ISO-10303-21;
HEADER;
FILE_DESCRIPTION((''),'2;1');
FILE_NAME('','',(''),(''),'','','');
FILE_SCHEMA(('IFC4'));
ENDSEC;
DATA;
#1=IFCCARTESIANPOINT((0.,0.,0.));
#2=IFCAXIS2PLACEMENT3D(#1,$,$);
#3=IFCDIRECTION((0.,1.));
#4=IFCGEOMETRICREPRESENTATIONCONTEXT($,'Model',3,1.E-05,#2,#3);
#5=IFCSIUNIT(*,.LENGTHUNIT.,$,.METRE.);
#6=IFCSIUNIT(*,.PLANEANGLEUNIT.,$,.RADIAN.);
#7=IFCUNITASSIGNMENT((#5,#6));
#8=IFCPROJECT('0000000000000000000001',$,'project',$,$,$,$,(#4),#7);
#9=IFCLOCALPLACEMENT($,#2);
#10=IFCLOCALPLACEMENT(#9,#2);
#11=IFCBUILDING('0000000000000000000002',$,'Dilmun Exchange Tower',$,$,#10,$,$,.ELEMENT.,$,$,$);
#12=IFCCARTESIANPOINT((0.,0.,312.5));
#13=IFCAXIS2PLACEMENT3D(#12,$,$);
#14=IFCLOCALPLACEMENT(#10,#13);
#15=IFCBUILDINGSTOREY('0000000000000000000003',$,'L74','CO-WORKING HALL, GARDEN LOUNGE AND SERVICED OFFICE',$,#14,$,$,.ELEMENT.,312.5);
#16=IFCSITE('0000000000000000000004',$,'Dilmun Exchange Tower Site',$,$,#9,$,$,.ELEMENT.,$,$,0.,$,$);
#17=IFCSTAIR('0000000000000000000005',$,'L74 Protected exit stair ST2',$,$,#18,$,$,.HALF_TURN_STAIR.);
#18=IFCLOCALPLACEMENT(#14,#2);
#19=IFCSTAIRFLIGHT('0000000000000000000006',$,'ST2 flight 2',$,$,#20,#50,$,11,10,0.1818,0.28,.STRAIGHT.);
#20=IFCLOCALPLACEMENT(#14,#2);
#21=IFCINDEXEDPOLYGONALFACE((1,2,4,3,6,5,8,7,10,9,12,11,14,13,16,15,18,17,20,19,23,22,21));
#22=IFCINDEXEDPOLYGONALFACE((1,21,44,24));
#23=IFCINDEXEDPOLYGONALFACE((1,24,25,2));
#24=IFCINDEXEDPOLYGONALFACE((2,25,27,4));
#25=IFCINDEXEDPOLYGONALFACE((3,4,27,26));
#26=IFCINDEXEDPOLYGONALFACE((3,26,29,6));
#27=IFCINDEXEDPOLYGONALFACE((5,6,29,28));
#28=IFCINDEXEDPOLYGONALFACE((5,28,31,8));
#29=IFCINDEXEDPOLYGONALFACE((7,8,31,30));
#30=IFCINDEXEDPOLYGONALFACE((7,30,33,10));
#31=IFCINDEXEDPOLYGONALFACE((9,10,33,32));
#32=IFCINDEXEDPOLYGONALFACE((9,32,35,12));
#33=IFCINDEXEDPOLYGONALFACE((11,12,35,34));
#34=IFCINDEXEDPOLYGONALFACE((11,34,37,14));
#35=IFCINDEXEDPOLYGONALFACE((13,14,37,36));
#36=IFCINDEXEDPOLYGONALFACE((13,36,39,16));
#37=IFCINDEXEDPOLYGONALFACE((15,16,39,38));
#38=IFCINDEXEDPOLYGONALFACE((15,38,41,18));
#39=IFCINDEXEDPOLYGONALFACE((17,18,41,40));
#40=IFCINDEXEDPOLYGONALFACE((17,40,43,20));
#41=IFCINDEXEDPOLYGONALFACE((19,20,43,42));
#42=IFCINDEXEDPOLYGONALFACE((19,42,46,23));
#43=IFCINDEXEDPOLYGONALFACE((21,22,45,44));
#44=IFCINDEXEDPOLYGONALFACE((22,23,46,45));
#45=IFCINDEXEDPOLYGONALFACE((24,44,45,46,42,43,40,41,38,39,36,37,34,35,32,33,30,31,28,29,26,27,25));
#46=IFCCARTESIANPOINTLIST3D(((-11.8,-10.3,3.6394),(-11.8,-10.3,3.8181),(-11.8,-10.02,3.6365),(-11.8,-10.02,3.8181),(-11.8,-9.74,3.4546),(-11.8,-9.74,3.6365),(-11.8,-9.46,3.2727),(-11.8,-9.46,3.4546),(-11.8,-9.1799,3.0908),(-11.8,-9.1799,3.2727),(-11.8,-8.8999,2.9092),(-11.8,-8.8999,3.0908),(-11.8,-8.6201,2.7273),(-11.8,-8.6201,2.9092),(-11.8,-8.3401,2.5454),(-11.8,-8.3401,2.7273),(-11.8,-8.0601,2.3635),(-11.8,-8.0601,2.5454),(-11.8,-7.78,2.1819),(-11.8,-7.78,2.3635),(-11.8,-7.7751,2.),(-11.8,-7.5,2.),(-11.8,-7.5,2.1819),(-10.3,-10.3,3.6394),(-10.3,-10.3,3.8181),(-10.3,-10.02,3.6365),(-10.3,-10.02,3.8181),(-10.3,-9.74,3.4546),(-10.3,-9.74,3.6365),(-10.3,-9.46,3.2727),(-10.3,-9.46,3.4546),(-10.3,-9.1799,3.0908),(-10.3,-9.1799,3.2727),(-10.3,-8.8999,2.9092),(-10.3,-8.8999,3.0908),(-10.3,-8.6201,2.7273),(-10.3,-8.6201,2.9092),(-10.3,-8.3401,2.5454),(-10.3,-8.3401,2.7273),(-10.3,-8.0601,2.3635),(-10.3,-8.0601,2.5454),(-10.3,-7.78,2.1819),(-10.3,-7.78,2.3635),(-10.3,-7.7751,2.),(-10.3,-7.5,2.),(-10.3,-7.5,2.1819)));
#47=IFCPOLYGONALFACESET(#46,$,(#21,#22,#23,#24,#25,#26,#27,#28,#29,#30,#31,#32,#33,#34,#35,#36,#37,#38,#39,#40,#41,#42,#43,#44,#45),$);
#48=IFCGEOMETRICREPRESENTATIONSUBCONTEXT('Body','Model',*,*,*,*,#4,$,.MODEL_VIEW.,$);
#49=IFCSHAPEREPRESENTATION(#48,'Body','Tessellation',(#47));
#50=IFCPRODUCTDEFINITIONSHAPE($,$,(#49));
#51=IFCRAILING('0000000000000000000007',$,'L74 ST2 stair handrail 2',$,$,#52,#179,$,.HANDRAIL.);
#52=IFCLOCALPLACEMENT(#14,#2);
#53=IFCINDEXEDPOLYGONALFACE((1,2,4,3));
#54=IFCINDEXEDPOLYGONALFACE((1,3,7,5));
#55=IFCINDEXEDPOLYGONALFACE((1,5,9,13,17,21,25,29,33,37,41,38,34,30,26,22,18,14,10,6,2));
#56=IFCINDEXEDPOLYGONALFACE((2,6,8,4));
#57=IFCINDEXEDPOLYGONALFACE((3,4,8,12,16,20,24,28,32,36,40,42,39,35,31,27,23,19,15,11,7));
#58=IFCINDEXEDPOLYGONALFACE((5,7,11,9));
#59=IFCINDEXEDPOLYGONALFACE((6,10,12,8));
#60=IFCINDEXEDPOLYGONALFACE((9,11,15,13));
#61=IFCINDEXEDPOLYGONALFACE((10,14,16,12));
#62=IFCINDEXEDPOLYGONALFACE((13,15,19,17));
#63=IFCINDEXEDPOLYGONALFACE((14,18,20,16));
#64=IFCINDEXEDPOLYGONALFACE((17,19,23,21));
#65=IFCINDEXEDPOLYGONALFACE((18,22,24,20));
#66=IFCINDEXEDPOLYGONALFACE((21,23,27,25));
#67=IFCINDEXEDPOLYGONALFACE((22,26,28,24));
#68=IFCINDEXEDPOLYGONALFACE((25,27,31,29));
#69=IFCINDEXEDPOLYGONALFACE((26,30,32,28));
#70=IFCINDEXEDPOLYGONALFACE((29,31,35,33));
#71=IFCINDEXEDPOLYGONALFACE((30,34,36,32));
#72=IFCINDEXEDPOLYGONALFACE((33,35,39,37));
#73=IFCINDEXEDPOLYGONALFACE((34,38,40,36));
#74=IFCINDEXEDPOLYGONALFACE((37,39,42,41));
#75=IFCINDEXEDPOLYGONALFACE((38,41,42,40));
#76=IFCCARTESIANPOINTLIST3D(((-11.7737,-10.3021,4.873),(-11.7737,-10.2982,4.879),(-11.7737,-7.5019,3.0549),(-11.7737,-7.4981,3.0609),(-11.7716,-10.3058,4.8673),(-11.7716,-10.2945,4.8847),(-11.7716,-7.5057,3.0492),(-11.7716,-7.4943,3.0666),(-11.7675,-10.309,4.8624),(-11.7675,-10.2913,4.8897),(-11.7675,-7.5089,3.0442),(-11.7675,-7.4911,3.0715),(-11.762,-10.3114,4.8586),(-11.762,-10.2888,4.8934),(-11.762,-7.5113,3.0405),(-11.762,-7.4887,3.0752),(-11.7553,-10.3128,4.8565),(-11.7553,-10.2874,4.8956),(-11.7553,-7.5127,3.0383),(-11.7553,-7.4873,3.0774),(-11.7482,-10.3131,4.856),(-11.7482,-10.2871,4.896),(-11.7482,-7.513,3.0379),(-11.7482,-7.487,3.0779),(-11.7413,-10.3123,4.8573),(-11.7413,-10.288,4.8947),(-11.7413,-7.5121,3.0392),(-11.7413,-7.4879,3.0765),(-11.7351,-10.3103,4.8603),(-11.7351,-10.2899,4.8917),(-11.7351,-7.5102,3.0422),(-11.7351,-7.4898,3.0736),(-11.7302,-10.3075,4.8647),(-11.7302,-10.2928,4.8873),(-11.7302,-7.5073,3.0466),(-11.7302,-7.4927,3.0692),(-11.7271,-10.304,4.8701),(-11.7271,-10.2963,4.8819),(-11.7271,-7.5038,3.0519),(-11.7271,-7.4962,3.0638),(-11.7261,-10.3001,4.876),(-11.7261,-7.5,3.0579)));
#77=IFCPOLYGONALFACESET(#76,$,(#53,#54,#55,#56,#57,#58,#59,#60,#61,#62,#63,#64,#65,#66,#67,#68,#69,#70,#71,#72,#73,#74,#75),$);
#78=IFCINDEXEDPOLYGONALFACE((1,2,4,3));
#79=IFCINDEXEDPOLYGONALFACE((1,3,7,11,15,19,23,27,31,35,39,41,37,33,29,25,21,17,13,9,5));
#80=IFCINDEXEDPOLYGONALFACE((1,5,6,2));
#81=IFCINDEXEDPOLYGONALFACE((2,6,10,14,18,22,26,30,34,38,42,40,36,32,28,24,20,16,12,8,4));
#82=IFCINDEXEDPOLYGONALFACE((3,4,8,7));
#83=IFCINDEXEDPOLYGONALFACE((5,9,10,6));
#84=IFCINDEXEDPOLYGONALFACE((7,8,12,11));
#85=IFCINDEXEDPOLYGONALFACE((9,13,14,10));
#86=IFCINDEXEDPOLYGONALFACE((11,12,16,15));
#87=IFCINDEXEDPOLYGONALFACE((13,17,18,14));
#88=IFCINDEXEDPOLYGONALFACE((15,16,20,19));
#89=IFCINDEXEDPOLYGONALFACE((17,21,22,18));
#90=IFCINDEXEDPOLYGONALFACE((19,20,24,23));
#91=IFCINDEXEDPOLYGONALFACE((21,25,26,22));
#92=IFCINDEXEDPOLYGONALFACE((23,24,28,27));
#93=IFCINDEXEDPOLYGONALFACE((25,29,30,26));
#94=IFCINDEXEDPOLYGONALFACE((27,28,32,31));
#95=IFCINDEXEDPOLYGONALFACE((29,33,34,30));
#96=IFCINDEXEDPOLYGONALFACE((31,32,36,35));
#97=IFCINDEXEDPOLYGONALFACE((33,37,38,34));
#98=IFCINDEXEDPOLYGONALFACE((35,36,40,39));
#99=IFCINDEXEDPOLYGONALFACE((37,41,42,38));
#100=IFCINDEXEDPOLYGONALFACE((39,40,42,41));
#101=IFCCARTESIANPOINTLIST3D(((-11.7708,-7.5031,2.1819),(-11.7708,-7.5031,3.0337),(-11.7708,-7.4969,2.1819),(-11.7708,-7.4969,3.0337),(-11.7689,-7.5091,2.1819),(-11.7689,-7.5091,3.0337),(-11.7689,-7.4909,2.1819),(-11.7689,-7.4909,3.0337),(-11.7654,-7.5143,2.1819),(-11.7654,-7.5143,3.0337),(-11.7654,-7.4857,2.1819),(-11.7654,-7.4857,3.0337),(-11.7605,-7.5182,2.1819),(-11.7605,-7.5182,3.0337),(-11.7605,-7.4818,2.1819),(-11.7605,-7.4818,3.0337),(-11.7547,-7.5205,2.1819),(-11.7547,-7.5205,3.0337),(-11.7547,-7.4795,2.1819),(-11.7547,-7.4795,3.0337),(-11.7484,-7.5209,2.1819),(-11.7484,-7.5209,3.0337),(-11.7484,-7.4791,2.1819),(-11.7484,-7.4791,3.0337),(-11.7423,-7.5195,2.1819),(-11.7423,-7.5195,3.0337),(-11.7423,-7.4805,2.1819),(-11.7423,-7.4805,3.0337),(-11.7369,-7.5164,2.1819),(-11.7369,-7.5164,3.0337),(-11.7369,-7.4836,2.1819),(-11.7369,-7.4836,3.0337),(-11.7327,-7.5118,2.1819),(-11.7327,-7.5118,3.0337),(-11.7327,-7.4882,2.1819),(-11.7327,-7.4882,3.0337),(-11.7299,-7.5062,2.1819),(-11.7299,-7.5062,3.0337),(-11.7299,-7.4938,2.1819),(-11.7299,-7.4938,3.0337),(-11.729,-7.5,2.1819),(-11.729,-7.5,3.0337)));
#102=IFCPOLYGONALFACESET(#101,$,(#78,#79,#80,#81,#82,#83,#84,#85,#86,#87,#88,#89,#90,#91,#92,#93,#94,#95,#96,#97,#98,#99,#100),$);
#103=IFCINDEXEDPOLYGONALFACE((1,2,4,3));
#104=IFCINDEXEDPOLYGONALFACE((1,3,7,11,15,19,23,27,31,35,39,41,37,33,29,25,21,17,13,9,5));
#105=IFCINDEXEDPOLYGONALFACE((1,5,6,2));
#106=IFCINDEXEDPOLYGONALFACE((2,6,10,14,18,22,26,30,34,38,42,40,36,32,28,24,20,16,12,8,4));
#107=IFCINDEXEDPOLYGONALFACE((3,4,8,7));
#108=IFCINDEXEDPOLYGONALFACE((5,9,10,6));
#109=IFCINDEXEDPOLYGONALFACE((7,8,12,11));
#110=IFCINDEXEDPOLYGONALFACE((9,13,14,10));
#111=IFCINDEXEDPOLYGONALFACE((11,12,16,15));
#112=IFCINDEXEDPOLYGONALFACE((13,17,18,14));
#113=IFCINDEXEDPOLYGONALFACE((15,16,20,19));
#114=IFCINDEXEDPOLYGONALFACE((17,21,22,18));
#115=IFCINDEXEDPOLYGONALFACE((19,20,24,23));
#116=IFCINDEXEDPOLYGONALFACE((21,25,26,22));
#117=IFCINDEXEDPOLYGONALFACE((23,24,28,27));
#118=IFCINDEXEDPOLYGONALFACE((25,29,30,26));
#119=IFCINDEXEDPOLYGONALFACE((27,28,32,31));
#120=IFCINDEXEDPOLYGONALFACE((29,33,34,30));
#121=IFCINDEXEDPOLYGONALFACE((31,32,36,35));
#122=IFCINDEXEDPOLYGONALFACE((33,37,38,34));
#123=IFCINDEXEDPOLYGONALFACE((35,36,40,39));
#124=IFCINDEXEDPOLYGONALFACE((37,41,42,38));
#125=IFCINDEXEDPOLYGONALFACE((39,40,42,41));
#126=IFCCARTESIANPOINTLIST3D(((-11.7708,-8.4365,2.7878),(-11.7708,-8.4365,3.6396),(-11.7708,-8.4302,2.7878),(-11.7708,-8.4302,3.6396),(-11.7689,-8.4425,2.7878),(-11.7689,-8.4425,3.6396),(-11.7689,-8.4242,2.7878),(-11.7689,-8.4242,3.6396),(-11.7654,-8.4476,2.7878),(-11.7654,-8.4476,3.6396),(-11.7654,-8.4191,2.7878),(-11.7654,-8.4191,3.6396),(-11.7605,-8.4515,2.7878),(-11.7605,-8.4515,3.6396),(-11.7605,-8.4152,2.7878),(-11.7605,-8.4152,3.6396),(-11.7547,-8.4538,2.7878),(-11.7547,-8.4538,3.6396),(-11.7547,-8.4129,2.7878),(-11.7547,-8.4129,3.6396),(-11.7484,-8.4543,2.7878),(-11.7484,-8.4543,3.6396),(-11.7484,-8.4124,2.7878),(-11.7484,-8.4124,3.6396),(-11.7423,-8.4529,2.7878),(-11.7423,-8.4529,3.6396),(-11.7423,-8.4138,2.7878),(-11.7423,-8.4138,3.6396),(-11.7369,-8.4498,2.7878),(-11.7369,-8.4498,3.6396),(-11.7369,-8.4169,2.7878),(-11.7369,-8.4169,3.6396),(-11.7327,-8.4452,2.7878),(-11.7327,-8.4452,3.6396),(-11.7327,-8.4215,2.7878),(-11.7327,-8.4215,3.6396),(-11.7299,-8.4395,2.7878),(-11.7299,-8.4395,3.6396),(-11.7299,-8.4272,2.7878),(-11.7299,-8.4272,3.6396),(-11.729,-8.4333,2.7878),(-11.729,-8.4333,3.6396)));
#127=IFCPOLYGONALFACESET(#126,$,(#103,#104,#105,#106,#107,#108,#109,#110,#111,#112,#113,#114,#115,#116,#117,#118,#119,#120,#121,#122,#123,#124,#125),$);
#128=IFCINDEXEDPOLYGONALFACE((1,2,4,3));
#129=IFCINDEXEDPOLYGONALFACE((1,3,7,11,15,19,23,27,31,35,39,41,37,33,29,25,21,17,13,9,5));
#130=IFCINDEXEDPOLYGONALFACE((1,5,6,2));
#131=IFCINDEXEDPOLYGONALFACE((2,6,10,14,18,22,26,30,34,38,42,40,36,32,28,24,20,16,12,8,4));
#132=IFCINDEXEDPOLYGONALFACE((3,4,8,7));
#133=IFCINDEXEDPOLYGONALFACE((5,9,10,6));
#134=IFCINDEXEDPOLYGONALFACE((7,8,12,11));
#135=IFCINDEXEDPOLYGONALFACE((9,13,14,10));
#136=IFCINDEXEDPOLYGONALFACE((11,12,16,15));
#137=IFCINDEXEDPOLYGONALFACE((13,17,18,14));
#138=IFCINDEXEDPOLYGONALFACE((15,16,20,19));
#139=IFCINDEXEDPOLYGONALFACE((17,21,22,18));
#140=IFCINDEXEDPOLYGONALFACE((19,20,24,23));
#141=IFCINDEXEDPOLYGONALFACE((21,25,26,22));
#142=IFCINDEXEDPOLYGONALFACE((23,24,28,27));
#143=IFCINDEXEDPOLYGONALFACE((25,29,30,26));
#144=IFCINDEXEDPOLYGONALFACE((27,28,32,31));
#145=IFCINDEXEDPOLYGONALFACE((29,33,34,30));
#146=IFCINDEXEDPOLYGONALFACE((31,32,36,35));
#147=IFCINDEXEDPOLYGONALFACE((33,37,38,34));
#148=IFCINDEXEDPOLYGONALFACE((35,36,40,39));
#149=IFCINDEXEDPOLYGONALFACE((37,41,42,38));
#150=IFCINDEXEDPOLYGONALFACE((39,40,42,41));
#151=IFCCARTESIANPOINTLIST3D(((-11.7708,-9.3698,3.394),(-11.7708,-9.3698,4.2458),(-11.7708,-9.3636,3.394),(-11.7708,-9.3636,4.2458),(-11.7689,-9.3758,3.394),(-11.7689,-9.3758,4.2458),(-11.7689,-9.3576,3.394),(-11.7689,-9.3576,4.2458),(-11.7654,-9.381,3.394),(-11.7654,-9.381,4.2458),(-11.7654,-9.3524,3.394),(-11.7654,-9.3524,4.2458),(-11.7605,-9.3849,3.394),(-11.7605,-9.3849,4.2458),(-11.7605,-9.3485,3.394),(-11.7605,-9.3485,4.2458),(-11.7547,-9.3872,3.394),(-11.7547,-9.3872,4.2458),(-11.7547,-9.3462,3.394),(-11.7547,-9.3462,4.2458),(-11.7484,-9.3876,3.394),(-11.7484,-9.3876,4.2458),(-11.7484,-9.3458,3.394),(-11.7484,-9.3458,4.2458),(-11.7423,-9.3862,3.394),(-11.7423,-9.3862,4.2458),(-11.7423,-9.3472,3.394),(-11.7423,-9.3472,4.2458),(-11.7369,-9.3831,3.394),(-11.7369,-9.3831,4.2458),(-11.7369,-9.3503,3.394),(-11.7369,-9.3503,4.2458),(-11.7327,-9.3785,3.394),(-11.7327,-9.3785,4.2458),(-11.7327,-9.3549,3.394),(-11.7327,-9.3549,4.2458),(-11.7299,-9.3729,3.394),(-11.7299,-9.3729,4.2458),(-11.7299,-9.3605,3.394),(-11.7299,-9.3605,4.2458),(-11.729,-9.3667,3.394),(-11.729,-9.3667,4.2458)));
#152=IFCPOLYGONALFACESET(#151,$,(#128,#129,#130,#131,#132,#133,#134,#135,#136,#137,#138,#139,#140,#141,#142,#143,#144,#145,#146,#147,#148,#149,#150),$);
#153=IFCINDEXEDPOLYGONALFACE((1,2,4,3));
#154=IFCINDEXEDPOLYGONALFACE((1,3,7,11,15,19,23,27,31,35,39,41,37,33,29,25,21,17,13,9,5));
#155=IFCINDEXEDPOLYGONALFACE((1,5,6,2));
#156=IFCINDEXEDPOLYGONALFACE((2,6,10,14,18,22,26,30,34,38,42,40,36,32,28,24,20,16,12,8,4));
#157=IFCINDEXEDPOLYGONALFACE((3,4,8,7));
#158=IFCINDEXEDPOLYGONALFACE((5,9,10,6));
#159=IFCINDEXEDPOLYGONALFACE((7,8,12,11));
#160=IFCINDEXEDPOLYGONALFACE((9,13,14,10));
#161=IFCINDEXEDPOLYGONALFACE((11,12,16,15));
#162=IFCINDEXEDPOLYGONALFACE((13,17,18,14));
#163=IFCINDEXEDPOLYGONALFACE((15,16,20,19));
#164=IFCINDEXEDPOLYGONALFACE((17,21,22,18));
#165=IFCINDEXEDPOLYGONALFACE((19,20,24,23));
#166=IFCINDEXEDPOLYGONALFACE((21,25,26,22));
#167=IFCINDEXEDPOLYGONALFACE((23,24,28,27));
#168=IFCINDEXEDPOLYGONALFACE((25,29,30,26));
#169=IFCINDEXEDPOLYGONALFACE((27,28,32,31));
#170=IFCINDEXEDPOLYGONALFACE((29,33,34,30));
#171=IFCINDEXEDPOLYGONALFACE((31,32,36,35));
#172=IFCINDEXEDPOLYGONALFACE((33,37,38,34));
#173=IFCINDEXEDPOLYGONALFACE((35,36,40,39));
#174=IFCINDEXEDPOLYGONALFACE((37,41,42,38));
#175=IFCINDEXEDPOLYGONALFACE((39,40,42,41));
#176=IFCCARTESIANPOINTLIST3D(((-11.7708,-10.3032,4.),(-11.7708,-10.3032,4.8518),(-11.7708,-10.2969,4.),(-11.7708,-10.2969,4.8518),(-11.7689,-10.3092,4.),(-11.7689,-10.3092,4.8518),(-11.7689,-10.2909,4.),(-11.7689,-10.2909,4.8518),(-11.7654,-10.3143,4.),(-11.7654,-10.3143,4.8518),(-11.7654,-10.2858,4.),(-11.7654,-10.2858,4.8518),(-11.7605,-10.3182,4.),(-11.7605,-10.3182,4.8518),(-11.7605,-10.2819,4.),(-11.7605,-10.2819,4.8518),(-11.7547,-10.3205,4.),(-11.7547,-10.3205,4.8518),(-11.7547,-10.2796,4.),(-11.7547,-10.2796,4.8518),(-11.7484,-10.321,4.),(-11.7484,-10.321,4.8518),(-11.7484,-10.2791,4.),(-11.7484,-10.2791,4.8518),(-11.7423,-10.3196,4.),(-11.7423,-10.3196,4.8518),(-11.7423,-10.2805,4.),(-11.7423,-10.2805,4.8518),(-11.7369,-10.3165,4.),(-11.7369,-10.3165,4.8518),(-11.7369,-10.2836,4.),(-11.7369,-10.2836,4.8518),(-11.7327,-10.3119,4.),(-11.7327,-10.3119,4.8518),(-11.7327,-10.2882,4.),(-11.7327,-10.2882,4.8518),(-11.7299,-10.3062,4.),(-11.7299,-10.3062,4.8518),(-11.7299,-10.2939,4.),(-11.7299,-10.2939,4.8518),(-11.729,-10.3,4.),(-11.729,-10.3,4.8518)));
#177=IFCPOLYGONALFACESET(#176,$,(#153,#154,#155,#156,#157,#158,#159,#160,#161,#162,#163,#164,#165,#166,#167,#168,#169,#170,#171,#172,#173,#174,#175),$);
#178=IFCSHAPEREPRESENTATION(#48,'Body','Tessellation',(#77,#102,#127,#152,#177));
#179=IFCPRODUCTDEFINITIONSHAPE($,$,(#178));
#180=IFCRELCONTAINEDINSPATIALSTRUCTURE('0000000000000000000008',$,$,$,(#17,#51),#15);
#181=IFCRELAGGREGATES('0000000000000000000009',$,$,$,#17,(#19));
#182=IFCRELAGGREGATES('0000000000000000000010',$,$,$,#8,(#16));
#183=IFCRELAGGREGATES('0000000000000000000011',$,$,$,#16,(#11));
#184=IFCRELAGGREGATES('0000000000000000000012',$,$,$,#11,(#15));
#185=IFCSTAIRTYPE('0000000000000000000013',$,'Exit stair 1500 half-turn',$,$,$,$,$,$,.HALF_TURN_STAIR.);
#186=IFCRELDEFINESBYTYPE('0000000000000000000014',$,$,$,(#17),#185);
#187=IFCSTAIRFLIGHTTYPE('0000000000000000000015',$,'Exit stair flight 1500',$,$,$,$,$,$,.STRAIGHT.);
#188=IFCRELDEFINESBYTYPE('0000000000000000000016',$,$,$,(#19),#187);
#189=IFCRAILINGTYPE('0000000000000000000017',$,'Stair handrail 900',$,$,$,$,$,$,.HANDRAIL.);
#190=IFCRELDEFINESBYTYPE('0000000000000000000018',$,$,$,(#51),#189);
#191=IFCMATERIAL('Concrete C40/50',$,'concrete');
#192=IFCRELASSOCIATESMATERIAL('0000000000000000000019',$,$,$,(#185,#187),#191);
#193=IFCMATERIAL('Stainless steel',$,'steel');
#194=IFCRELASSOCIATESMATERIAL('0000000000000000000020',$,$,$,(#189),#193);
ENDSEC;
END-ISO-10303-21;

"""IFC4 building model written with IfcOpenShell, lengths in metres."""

from ifc_helpers import new_model, si_unit, direction, frame, origin, origin_2d, place, context, subcontext, project, spatial, polyline, circle, outline, extrude, material, type_object, element, aggregate, save


model = new_model("IFC4")

# Units and contexts
model_context = context("Model", 3, precision=1e-05, world=origin(), true_north=direction((0.0, 1.0)))
body_context = subcontext(model_context, "Body", "Model", "MODEL_VIEW")
ifc_project = project(units=[si_unit("LENGTHUNIT", "METRE"), si_unit("PLANEANGLEUNIT", "RADIAN")], contexts=[model_context])

# Site, building, storey
site_placement = place(None, origin())
site = spatial("IfcSite", under=ifc_project, at=site_placement, Name="Dilmun Exchange Tower Site", CompositionType="ELEMENT", RefElevation=0.0)
building_placement = place(site_placement, origin())
building = spatial("IfcBuilding", under=site, at=building_placement, Name="Dilmun Exchange Tower", CompositionType="ELEMENT")
storey_placement = place(building_placement, frame((0.0, 0.0, 312.5)))
storey = spatial("IfcBuildingStorey", under=building, at=storey_placement, Name="L74", Description="CO-WORKING HALL, GARDEN LOUNGE AND SERVICED OFFICE", CompositionType="ELEMENT", Elevation=312.5)

# Stair
ifc_material_1 = material(Name="Concrete C40/50", Category="concrete")
stair_type = type_object("IfcStairType", Name="Exit stair 1500 half-turn", PredefinedType="HALF_TURN_STAIR", material=ifc_material_1)
stair_1_placement = place(storey_placement, origin())
stair_1 = element("IfcStair", 1, at=stair_1_placement, inside=storey, type_object=stair_type, Name="L74 Protected exit stair ST2", PredefinedType="HALF_TURN_STAIR")

# Stair flight
stair_flight_type = type_object("IfcStairFlightType", Name="Exit stair flight 1500", PredefinedType="STRAIGHT", material=ifc_material_1)
stair_flight_placement = place(storey_placement, frame((-11.05, -7.5, 2.0), z_axis=(0.0, 0.0, 1.0), x_axis=(0.0, -1.0, 0.0)))
stair_flight = element("IfcStairFlight", 2, at=stair_flight_placement, type_object=stair_flight_type, Name="ST2 flight 2", NumberOfRisers=11, NumberOfTreads=10, PredefinedType="STRAIGHT", RiserHeight=0.1818, TreadLength=0.28, context=body_context, shape_type="SweptSolid", body=[
    extrude(outline(polyline([(0.0, 0.0), (0.0, 0.1819), (0.28, 0.1819), (0.28, 0.3635), (0.5601, 0.3635), (0.5601, 0.5454), (0.8401, 0.5454), (0.8401, 0.7273), (1.1201, 0.7273), (1.1201, 0.9092), (1.3999, 0.9092), (1.3999, 1.0908), (1.6799, 1.0908), (1.6799, 1.2727), (1.96, 1.2727), (1.96, 1.4546), (2.24, 1.4546), (2.24, 1.6365), (2.52, 1.6365), (2.52, 1.8181), (2.8, 1.8181), (2.8, 2.0), (2.8, 1.6394), (0.2751, 0.0), (0.0, 0.0)])), frame((0.0, 0.75, 0.0), z_axis=(0.0, -1.0, 0.0), x_axis=(1.0, 0.0, 0.0)), (0.0, 0.0, 1.0), 1.5),
])
aggregate(stair_1, [stair_flight])

# Railing
ifc_material_2 = material(Name="Stainless steel", Category="steel")
railing_type = type_object("IfcRailingType", Name="Stair handrail 900", PredefinedType="HANDRAIL", material=ifc_material_2)
railing_placement = place(storey_placement, frame((-11.75, -7.5, 2.1819)))
element("IfcRailing", 3, at=railing_placement, inside=storey, type_object=railing_type, Name="L74 ST2 stair handrail 2", PredefinedType="HANDRAIL", context=body_context, shape_type="SweptSolid", body=[
    extrude(circle(Radius=0.0239, at=origin_2d()), frame((0.0, 0.0, 0.876), z_axis=(0.0, -0.838706, 0.544585), x_axis=(1.0, 0.0, 0.0)), (0.0, 0.0, 1.0), 3.3386),
    extrude(circle(Radius=0.021, at=origin_2d()), origin(), (0.0, 0.0, 1.0), 0.8518),
    extrude(circle(Radius=0.021, at=origin_2d()), frame((0.0, -0.9333, 0.606)), (0.0, 0.0, 1.0), 0.8518),
    extrude(circle(Radius=0.021, at=origin_2d()), frame((0.0, -1.8667, 1.2122)), (0.0, 0.0, 1.0), 0.8518),
    extrude(circle(Radius=0.021, at=origin_2d()), frame((0.0, -2.8, 1.8181)), (0.0, 0.0, 1.0), 0.8518),
])

save(model, "model.ifc")
